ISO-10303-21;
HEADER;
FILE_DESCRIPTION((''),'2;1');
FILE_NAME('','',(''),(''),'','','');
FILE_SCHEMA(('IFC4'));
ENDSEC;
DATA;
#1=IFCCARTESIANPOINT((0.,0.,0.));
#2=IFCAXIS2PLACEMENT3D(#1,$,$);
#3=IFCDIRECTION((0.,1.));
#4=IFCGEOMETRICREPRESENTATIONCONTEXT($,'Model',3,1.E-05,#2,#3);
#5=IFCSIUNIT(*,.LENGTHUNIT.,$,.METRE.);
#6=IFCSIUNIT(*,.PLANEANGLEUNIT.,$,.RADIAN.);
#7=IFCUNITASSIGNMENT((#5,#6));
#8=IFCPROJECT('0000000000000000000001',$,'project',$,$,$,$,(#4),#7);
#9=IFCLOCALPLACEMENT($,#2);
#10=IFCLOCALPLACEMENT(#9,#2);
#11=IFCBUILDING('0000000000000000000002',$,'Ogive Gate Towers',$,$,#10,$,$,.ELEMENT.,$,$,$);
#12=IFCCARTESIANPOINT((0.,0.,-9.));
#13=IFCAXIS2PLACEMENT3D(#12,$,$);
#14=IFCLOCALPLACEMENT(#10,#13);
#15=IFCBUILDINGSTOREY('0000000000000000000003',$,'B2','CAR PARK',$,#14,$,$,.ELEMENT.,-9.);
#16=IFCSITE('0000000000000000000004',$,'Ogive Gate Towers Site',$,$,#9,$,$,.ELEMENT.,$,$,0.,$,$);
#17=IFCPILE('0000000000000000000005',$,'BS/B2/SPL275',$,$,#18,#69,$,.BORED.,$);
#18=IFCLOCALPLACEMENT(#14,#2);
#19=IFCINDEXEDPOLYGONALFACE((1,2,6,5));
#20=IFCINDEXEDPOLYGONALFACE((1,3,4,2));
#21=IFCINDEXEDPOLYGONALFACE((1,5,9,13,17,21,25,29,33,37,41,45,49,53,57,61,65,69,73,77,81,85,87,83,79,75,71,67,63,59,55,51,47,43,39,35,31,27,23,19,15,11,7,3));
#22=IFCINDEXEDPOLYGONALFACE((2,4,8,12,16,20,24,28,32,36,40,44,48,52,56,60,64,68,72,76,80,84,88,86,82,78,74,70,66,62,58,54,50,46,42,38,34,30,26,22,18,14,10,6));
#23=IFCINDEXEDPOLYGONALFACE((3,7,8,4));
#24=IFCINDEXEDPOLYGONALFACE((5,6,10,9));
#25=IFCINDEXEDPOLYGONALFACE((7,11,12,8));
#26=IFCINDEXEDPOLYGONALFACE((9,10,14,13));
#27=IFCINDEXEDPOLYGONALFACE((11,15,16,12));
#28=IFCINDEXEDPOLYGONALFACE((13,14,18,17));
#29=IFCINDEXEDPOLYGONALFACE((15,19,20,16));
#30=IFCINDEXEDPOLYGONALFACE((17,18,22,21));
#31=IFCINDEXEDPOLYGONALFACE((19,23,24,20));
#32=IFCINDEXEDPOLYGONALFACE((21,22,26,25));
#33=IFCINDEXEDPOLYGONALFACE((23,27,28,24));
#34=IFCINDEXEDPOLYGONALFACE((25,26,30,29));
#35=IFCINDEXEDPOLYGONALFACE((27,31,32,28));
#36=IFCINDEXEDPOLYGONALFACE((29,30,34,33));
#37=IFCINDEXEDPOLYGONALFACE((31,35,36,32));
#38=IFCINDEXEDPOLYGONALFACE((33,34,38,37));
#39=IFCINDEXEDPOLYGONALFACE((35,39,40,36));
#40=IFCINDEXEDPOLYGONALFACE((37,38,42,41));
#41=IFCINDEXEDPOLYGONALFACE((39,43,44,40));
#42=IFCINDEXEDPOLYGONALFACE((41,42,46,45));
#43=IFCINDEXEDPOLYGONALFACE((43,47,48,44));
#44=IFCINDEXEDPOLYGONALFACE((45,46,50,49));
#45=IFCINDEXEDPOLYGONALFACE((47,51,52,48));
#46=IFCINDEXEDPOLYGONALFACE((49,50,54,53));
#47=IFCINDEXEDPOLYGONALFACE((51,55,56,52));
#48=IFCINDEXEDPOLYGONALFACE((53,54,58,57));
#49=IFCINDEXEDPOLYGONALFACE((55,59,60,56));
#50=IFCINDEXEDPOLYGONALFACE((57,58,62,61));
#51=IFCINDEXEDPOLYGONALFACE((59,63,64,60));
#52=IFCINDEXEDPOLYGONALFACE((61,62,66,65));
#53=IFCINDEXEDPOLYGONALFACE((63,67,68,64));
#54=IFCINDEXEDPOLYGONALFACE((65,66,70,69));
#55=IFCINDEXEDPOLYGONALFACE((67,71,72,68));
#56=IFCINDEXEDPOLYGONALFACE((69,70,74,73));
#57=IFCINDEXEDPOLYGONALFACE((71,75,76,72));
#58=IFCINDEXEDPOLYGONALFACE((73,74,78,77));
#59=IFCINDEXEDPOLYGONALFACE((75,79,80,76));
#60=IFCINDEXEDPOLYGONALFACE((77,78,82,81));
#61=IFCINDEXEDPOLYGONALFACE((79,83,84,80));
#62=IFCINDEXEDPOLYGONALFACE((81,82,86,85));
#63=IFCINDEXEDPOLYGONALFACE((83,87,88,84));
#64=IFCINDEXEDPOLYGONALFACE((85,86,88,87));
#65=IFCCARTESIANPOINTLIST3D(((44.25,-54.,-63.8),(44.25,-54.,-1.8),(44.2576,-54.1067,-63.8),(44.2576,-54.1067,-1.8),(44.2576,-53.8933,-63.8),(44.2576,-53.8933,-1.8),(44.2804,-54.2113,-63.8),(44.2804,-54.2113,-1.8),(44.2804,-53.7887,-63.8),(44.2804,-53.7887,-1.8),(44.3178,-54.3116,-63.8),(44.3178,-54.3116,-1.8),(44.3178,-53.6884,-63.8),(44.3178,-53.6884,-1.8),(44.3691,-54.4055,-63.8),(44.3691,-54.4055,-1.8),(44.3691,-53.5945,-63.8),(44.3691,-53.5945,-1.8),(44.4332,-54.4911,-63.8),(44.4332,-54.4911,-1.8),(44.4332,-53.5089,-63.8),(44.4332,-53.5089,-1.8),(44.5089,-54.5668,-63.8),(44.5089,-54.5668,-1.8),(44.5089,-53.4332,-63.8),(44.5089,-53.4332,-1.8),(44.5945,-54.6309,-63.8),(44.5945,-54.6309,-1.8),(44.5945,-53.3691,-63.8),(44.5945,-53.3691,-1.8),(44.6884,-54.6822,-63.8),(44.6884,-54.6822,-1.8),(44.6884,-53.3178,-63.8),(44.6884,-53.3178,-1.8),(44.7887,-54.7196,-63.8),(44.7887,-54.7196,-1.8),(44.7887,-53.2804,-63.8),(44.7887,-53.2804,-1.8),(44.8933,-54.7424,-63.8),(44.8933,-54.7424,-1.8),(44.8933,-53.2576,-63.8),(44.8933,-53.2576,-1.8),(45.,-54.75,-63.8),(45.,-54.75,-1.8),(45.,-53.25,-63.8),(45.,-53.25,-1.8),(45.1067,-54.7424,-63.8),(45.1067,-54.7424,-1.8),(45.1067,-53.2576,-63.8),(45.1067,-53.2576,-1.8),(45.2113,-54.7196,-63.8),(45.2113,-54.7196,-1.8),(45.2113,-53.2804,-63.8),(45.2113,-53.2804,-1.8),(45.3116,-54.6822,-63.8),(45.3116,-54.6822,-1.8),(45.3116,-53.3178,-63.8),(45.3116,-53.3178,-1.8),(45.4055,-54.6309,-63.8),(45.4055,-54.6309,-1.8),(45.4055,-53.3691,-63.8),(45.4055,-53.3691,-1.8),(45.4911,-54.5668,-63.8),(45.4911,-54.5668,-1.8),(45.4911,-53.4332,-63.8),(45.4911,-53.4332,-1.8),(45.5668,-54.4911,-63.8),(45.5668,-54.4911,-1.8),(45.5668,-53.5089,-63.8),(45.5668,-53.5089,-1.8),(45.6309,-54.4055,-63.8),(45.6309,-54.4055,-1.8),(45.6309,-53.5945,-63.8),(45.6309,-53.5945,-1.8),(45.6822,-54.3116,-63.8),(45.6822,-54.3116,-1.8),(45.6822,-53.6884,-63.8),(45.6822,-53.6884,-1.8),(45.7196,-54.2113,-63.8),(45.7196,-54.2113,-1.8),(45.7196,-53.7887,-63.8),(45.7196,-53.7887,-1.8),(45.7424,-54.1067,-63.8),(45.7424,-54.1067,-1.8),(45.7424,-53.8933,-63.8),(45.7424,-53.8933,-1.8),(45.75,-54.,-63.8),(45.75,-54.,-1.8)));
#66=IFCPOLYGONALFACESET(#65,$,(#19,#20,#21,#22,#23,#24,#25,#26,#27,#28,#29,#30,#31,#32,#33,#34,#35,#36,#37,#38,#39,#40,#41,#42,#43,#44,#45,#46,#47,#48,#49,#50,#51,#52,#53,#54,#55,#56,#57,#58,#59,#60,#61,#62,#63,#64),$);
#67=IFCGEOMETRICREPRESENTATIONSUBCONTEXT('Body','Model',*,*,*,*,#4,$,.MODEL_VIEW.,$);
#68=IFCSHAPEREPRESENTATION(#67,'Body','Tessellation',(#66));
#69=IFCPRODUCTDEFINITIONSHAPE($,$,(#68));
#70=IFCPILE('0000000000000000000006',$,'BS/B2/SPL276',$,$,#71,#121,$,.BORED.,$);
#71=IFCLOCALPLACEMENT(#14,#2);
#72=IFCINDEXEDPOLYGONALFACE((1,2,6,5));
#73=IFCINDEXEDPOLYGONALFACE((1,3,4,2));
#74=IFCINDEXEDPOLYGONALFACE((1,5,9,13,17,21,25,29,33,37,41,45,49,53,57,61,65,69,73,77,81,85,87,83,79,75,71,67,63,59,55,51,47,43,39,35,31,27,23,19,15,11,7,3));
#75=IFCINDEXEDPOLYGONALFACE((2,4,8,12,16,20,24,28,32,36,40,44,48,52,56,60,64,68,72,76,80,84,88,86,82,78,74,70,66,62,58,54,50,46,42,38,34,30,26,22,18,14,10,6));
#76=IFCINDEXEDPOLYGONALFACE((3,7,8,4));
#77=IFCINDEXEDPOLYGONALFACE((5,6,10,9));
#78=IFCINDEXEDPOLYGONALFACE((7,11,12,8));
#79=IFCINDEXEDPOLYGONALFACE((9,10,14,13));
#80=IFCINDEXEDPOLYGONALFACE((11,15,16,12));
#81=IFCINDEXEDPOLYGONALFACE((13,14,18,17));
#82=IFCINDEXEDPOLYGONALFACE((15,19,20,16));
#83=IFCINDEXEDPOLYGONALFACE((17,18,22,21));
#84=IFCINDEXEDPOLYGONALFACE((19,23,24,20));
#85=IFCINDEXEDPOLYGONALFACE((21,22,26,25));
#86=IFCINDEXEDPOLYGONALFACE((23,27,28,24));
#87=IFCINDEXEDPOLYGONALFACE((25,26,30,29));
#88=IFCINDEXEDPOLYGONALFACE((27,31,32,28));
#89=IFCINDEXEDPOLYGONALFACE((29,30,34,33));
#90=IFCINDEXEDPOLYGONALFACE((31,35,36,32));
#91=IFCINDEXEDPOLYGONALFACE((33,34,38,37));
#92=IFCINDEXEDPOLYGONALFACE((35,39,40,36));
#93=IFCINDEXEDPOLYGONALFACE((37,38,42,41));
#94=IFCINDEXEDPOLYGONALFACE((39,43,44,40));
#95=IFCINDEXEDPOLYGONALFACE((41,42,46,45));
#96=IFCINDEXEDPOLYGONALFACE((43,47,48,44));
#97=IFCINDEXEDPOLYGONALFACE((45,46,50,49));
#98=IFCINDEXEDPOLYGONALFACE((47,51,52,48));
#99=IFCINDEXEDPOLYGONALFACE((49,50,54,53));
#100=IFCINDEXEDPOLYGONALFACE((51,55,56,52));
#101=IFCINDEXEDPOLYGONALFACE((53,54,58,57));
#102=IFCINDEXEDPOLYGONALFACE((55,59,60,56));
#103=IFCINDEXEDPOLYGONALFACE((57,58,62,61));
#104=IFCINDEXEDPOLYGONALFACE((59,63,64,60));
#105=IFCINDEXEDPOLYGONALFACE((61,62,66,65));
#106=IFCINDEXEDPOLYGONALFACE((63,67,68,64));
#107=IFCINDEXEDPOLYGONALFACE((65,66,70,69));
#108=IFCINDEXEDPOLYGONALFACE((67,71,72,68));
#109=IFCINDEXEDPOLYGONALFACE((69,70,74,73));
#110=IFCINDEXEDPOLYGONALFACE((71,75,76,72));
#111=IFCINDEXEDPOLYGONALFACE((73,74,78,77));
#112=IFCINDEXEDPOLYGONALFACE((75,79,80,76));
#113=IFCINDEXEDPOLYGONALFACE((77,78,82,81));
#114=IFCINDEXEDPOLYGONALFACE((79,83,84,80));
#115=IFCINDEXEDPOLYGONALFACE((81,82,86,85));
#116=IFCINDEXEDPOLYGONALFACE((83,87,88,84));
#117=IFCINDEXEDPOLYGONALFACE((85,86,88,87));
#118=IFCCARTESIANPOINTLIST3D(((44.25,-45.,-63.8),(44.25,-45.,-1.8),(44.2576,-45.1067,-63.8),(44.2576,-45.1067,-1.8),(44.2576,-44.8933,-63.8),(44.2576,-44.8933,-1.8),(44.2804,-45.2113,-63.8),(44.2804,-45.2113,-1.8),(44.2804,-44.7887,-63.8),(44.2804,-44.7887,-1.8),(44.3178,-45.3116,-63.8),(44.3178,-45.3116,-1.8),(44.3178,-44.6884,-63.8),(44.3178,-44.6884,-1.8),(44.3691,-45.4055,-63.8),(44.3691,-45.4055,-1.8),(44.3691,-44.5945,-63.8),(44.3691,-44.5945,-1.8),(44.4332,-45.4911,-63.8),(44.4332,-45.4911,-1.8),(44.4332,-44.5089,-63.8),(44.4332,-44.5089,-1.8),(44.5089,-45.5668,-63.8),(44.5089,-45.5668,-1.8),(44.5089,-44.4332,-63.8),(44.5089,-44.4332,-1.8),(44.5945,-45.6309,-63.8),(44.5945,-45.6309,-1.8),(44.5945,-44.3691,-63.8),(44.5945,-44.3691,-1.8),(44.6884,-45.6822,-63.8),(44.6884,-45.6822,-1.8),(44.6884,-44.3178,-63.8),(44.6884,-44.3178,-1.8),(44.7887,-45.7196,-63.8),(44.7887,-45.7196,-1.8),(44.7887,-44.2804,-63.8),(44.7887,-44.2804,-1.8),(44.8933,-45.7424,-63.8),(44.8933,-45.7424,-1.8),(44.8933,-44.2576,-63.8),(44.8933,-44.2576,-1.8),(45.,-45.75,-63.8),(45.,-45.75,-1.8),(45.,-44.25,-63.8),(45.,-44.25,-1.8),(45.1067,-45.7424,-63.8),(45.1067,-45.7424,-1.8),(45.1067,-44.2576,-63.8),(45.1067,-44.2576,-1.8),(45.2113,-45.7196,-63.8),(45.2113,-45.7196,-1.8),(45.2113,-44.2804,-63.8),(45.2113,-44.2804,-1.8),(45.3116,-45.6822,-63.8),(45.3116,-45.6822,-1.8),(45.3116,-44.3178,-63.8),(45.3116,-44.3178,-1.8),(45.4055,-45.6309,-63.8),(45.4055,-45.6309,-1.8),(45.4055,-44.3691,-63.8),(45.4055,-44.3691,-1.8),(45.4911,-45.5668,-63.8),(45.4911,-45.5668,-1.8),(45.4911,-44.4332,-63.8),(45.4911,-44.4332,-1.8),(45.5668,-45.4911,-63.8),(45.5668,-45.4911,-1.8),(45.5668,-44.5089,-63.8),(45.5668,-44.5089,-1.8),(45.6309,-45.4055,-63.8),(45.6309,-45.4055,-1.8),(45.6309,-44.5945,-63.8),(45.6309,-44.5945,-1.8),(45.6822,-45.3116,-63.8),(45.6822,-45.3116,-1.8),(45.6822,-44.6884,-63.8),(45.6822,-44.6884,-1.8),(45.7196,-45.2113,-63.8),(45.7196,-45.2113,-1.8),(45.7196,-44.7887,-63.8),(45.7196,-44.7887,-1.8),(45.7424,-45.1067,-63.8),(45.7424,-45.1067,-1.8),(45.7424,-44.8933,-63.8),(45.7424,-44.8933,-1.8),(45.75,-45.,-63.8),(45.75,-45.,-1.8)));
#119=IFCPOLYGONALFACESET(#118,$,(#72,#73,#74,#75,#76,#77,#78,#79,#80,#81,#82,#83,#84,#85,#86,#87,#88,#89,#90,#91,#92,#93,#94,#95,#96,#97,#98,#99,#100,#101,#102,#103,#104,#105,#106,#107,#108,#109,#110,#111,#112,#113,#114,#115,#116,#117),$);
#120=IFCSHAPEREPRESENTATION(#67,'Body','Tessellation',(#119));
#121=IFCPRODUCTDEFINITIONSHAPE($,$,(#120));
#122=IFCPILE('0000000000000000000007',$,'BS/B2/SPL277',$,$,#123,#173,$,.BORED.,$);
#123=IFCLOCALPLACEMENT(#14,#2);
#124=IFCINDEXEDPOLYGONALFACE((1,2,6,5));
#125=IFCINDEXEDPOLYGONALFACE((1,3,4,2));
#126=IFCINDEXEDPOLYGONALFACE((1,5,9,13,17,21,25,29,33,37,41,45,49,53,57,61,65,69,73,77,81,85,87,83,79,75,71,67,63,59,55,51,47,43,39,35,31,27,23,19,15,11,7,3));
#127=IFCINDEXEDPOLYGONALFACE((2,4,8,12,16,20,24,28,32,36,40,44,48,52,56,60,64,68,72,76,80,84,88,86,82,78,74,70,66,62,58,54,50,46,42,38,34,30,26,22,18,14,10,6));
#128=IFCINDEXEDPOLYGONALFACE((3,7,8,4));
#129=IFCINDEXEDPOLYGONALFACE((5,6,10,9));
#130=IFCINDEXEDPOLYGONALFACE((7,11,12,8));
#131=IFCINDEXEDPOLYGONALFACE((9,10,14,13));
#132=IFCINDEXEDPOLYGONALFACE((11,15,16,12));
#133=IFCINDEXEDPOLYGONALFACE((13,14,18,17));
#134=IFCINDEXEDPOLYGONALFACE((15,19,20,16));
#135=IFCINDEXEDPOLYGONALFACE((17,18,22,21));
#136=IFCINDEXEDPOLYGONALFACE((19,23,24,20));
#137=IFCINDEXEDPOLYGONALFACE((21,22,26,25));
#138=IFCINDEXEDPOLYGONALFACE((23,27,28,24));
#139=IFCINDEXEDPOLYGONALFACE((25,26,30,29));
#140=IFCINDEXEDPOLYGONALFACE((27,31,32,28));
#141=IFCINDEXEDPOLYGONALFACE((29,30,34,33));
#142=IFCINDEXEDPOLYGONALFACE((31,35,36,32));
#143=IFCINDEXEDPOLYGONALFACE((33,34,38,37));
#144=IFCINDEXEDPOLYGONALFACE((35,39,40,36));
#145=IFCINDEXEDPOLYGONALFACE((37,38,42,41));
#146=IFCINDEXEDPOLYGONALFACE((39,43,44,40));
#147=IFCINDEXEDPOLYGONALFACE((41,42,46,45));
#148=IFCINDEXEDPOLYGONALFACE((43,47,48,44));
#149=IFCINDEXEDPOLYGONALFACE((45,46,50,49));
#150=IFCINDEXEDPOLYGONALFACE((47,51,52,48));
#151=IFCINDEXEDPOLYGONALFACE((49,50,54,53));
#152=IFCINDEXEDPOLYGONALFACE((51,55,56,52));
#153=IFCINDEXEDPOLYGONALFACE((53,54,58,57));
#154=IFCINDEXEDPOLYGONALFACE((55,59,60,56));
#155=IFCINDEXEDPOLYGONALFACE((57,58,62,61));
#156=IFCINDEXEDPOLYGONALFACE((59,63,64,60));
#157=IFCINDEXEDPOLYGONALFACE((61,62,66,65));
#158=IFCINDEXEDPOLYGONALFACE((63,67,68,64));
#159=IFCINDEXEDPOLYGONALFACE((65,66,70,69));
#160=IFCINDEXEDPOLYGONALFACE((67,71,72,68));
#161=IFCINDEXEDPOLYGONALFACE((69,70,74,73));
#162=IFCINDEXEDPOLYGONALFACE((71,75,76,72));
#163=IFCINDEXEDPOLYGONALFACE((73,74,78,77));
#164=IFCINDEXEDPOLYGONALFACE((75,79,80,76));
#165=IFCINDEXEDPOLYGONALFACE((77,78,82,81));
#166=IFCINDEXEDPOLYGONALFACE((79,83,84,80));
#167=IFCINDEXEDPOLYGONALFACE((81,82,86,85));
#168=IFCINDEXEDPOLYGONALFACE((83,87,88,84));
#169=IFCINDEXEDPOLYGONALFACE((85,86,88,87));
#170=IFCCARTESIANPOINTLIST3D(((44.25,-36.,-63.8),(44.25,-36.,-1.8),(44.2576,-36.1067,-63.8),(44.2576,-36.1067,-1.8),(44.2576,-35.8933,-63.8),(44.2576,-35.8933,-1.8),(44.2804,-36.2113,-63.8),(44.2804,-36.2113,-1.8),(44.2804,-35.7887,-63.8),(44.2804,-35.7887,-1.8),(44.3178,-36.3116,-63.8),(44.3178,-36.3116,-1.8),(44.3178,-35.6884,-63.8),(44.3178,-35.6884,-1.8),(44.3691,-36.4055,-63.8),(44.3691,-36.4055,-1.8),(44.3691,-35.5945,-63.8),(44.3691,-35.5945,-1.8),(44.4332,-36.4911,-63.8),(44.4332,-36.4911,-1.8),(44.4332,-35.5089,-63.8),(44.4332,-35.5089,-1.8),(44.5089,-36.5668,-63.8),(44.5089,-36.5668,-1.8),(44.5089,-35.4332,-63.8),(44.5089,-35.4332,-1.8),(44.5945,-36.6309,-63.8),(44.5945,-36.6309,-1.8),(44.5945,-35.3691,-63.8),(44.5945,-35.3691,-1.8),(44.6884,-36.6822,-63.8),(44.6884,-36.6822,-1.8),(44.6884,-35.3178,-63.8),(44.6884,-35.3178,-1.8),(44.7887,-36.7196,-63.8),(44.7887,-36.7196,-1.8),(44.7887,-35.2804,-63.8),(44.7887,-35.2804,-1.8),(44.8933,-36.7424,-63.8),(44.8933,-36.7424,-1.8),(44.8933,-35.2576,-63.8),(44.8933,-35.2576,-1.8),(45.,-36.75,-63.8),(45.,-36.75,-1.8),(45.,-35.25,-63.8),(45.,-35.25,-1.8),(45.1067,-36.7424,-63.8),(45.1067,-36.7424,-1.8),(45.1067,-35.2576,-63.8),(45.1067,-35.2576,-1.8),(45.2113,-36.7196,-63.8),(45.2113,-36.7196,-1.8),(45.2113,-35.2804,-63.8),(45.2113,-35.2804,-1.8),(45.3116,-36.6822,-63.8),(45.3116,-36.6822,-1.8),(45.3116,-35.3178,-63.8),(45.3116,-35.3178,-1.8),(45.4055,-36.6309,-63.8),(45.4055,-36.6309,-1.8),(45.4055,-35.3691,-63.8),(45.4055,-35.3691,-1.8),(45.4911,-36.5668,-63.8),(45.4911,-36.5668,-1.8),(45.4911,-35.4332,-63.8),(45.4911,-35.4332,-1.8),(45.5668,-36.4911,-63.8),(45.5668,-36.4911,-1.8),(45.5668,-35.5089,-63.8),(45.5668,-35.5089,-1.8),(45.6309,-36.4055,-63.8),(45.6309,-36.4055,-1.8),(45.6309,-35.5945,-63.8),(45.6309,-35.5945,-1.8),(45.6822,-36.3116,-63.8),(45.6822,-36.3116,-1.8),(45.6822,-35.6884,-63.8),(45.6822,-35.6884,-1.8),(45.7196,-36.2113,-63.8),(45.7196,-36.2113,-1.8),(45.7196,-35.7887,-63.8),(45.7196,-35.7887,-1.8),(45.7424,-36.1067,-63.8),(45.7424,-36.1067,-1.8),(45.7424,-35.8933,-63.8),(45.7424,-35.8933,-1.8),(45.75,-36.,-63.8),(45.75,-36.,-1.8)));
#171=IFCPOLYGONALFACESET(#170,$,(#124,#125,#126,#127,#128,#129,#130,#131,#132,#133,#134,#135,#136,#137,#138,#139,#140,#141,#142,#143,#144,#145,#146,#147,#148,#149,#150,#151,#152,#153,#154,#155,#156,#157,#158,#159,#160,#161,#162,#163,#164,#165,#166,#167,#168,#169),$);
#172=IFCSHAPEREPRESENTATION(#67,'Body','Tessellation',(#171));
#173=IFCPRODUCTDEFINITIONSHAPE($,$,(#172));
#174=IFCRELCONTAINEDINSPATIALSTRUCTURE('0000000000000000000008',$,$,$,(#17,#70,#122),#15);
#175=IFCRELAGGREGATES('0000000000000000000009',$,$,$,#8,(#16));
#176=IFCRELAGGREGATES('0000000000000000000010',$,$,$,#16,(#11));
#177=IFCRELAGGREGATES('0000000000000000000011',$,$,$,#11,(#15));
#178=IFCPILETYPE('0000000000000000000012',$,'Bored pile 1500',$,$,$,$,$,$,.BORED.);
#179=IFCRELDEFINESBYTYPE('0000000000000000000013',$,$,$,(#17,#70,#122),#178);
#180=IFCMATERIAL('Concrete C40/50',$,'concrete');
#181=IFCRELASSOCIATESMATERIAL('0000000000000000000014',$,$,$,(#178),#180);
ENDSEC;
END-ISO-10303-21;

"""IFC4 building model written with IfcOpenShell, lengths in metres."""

from ifc_helpers import new_model, si_unit, direction, frame, origin, origin_2d, place, context, subcontext, project, spatial, circle, extrude, material, material_profile, profile_set, type_object, element, save


model = new_model("IFC4")

# Units and contexts
model_context = context("Model", 3, precision=1e-05, world=origin(), true_north=direction((0.0, 1.0)))
body_context = subcontext(model_context, "Body", "Model", "MODEL_VIEW")
ifc_project = project(units=[si_unit("LENGTHUNIT", "METRE"), si_unit("PLANEANGLEUNIT", "RADIAN")], contexts=[model_context])

# Site, building, storey
site_placement = place(None, origin())
site = spatial("IfcSite", under=ifc_project, at=site_placement, Name="Ogive Gate Towers Site", CompositionType="ELEMENT", RefElevation=0.0)
building_placement = place(site_placement, origin())
building = spatial("IfcBuilding", under=site, at=building_placement, Name="Ogive Gate Towers", CompositionType="ELEMENT")
storey_placement = place(building_placement, frame((0.0, 0.0, -9.0)))
storey = spatial("IfcBuildingStorey", under=building, at=storey_placement, Name="B2", Description="CAR PARK", CompositionType="ELEMENT", Elevation=-9.0)

# Piles
ifc_material_1 = material(Name="Concrete C40/50", Category="concrete")
ifc_material_profile_1 = material_profile(ifc_material_1, circle(Radius=0.75, at=origin_2d()), Name="BP 1500")
ifc_profile_set_1 = profile_set([ifc_material_profile_1], Name="Concrete C40/50")
pile_type_1 = type_object("IfcPileType", Name="Bored pile 1500", PredefinedType="BORED", material=ifc_profile_set_1)
for number, where, z_axis, x_axis, name in (
    (1, (45.0, -54.0, -1.8), (0.0, 0.0, -1.0), (1.0, 0.0, 0.0), "BS/B2/SPL275"),
    (2, (45.0, -45.0, -1.8), (0.0, 0.0, -1.0), (1.0, 0.0, 0.0), "BS/B2/SPL276"),
    (3, (45.0, -36.0, -1.8), (0.0, 0.0, -1.0), (1.0, 0.0, 0.0), "BS/B2/SPL277"),
):
    element("IfcPile", number, at=place(storey_placement, frame(where, z_axis=z_axis, x_axis=x_axis)), inside=storey, type_object=pile_type_1, Name=name, PredefinedType="BORED", context=body_context, shape_type="SweptSolid", body=[
        extrude(circle(Radius=0.75, at=origin_2d()), origin(), (0.0, 0.0, 1.0), 62.0),
    ])

save(model, "model.ifc")
